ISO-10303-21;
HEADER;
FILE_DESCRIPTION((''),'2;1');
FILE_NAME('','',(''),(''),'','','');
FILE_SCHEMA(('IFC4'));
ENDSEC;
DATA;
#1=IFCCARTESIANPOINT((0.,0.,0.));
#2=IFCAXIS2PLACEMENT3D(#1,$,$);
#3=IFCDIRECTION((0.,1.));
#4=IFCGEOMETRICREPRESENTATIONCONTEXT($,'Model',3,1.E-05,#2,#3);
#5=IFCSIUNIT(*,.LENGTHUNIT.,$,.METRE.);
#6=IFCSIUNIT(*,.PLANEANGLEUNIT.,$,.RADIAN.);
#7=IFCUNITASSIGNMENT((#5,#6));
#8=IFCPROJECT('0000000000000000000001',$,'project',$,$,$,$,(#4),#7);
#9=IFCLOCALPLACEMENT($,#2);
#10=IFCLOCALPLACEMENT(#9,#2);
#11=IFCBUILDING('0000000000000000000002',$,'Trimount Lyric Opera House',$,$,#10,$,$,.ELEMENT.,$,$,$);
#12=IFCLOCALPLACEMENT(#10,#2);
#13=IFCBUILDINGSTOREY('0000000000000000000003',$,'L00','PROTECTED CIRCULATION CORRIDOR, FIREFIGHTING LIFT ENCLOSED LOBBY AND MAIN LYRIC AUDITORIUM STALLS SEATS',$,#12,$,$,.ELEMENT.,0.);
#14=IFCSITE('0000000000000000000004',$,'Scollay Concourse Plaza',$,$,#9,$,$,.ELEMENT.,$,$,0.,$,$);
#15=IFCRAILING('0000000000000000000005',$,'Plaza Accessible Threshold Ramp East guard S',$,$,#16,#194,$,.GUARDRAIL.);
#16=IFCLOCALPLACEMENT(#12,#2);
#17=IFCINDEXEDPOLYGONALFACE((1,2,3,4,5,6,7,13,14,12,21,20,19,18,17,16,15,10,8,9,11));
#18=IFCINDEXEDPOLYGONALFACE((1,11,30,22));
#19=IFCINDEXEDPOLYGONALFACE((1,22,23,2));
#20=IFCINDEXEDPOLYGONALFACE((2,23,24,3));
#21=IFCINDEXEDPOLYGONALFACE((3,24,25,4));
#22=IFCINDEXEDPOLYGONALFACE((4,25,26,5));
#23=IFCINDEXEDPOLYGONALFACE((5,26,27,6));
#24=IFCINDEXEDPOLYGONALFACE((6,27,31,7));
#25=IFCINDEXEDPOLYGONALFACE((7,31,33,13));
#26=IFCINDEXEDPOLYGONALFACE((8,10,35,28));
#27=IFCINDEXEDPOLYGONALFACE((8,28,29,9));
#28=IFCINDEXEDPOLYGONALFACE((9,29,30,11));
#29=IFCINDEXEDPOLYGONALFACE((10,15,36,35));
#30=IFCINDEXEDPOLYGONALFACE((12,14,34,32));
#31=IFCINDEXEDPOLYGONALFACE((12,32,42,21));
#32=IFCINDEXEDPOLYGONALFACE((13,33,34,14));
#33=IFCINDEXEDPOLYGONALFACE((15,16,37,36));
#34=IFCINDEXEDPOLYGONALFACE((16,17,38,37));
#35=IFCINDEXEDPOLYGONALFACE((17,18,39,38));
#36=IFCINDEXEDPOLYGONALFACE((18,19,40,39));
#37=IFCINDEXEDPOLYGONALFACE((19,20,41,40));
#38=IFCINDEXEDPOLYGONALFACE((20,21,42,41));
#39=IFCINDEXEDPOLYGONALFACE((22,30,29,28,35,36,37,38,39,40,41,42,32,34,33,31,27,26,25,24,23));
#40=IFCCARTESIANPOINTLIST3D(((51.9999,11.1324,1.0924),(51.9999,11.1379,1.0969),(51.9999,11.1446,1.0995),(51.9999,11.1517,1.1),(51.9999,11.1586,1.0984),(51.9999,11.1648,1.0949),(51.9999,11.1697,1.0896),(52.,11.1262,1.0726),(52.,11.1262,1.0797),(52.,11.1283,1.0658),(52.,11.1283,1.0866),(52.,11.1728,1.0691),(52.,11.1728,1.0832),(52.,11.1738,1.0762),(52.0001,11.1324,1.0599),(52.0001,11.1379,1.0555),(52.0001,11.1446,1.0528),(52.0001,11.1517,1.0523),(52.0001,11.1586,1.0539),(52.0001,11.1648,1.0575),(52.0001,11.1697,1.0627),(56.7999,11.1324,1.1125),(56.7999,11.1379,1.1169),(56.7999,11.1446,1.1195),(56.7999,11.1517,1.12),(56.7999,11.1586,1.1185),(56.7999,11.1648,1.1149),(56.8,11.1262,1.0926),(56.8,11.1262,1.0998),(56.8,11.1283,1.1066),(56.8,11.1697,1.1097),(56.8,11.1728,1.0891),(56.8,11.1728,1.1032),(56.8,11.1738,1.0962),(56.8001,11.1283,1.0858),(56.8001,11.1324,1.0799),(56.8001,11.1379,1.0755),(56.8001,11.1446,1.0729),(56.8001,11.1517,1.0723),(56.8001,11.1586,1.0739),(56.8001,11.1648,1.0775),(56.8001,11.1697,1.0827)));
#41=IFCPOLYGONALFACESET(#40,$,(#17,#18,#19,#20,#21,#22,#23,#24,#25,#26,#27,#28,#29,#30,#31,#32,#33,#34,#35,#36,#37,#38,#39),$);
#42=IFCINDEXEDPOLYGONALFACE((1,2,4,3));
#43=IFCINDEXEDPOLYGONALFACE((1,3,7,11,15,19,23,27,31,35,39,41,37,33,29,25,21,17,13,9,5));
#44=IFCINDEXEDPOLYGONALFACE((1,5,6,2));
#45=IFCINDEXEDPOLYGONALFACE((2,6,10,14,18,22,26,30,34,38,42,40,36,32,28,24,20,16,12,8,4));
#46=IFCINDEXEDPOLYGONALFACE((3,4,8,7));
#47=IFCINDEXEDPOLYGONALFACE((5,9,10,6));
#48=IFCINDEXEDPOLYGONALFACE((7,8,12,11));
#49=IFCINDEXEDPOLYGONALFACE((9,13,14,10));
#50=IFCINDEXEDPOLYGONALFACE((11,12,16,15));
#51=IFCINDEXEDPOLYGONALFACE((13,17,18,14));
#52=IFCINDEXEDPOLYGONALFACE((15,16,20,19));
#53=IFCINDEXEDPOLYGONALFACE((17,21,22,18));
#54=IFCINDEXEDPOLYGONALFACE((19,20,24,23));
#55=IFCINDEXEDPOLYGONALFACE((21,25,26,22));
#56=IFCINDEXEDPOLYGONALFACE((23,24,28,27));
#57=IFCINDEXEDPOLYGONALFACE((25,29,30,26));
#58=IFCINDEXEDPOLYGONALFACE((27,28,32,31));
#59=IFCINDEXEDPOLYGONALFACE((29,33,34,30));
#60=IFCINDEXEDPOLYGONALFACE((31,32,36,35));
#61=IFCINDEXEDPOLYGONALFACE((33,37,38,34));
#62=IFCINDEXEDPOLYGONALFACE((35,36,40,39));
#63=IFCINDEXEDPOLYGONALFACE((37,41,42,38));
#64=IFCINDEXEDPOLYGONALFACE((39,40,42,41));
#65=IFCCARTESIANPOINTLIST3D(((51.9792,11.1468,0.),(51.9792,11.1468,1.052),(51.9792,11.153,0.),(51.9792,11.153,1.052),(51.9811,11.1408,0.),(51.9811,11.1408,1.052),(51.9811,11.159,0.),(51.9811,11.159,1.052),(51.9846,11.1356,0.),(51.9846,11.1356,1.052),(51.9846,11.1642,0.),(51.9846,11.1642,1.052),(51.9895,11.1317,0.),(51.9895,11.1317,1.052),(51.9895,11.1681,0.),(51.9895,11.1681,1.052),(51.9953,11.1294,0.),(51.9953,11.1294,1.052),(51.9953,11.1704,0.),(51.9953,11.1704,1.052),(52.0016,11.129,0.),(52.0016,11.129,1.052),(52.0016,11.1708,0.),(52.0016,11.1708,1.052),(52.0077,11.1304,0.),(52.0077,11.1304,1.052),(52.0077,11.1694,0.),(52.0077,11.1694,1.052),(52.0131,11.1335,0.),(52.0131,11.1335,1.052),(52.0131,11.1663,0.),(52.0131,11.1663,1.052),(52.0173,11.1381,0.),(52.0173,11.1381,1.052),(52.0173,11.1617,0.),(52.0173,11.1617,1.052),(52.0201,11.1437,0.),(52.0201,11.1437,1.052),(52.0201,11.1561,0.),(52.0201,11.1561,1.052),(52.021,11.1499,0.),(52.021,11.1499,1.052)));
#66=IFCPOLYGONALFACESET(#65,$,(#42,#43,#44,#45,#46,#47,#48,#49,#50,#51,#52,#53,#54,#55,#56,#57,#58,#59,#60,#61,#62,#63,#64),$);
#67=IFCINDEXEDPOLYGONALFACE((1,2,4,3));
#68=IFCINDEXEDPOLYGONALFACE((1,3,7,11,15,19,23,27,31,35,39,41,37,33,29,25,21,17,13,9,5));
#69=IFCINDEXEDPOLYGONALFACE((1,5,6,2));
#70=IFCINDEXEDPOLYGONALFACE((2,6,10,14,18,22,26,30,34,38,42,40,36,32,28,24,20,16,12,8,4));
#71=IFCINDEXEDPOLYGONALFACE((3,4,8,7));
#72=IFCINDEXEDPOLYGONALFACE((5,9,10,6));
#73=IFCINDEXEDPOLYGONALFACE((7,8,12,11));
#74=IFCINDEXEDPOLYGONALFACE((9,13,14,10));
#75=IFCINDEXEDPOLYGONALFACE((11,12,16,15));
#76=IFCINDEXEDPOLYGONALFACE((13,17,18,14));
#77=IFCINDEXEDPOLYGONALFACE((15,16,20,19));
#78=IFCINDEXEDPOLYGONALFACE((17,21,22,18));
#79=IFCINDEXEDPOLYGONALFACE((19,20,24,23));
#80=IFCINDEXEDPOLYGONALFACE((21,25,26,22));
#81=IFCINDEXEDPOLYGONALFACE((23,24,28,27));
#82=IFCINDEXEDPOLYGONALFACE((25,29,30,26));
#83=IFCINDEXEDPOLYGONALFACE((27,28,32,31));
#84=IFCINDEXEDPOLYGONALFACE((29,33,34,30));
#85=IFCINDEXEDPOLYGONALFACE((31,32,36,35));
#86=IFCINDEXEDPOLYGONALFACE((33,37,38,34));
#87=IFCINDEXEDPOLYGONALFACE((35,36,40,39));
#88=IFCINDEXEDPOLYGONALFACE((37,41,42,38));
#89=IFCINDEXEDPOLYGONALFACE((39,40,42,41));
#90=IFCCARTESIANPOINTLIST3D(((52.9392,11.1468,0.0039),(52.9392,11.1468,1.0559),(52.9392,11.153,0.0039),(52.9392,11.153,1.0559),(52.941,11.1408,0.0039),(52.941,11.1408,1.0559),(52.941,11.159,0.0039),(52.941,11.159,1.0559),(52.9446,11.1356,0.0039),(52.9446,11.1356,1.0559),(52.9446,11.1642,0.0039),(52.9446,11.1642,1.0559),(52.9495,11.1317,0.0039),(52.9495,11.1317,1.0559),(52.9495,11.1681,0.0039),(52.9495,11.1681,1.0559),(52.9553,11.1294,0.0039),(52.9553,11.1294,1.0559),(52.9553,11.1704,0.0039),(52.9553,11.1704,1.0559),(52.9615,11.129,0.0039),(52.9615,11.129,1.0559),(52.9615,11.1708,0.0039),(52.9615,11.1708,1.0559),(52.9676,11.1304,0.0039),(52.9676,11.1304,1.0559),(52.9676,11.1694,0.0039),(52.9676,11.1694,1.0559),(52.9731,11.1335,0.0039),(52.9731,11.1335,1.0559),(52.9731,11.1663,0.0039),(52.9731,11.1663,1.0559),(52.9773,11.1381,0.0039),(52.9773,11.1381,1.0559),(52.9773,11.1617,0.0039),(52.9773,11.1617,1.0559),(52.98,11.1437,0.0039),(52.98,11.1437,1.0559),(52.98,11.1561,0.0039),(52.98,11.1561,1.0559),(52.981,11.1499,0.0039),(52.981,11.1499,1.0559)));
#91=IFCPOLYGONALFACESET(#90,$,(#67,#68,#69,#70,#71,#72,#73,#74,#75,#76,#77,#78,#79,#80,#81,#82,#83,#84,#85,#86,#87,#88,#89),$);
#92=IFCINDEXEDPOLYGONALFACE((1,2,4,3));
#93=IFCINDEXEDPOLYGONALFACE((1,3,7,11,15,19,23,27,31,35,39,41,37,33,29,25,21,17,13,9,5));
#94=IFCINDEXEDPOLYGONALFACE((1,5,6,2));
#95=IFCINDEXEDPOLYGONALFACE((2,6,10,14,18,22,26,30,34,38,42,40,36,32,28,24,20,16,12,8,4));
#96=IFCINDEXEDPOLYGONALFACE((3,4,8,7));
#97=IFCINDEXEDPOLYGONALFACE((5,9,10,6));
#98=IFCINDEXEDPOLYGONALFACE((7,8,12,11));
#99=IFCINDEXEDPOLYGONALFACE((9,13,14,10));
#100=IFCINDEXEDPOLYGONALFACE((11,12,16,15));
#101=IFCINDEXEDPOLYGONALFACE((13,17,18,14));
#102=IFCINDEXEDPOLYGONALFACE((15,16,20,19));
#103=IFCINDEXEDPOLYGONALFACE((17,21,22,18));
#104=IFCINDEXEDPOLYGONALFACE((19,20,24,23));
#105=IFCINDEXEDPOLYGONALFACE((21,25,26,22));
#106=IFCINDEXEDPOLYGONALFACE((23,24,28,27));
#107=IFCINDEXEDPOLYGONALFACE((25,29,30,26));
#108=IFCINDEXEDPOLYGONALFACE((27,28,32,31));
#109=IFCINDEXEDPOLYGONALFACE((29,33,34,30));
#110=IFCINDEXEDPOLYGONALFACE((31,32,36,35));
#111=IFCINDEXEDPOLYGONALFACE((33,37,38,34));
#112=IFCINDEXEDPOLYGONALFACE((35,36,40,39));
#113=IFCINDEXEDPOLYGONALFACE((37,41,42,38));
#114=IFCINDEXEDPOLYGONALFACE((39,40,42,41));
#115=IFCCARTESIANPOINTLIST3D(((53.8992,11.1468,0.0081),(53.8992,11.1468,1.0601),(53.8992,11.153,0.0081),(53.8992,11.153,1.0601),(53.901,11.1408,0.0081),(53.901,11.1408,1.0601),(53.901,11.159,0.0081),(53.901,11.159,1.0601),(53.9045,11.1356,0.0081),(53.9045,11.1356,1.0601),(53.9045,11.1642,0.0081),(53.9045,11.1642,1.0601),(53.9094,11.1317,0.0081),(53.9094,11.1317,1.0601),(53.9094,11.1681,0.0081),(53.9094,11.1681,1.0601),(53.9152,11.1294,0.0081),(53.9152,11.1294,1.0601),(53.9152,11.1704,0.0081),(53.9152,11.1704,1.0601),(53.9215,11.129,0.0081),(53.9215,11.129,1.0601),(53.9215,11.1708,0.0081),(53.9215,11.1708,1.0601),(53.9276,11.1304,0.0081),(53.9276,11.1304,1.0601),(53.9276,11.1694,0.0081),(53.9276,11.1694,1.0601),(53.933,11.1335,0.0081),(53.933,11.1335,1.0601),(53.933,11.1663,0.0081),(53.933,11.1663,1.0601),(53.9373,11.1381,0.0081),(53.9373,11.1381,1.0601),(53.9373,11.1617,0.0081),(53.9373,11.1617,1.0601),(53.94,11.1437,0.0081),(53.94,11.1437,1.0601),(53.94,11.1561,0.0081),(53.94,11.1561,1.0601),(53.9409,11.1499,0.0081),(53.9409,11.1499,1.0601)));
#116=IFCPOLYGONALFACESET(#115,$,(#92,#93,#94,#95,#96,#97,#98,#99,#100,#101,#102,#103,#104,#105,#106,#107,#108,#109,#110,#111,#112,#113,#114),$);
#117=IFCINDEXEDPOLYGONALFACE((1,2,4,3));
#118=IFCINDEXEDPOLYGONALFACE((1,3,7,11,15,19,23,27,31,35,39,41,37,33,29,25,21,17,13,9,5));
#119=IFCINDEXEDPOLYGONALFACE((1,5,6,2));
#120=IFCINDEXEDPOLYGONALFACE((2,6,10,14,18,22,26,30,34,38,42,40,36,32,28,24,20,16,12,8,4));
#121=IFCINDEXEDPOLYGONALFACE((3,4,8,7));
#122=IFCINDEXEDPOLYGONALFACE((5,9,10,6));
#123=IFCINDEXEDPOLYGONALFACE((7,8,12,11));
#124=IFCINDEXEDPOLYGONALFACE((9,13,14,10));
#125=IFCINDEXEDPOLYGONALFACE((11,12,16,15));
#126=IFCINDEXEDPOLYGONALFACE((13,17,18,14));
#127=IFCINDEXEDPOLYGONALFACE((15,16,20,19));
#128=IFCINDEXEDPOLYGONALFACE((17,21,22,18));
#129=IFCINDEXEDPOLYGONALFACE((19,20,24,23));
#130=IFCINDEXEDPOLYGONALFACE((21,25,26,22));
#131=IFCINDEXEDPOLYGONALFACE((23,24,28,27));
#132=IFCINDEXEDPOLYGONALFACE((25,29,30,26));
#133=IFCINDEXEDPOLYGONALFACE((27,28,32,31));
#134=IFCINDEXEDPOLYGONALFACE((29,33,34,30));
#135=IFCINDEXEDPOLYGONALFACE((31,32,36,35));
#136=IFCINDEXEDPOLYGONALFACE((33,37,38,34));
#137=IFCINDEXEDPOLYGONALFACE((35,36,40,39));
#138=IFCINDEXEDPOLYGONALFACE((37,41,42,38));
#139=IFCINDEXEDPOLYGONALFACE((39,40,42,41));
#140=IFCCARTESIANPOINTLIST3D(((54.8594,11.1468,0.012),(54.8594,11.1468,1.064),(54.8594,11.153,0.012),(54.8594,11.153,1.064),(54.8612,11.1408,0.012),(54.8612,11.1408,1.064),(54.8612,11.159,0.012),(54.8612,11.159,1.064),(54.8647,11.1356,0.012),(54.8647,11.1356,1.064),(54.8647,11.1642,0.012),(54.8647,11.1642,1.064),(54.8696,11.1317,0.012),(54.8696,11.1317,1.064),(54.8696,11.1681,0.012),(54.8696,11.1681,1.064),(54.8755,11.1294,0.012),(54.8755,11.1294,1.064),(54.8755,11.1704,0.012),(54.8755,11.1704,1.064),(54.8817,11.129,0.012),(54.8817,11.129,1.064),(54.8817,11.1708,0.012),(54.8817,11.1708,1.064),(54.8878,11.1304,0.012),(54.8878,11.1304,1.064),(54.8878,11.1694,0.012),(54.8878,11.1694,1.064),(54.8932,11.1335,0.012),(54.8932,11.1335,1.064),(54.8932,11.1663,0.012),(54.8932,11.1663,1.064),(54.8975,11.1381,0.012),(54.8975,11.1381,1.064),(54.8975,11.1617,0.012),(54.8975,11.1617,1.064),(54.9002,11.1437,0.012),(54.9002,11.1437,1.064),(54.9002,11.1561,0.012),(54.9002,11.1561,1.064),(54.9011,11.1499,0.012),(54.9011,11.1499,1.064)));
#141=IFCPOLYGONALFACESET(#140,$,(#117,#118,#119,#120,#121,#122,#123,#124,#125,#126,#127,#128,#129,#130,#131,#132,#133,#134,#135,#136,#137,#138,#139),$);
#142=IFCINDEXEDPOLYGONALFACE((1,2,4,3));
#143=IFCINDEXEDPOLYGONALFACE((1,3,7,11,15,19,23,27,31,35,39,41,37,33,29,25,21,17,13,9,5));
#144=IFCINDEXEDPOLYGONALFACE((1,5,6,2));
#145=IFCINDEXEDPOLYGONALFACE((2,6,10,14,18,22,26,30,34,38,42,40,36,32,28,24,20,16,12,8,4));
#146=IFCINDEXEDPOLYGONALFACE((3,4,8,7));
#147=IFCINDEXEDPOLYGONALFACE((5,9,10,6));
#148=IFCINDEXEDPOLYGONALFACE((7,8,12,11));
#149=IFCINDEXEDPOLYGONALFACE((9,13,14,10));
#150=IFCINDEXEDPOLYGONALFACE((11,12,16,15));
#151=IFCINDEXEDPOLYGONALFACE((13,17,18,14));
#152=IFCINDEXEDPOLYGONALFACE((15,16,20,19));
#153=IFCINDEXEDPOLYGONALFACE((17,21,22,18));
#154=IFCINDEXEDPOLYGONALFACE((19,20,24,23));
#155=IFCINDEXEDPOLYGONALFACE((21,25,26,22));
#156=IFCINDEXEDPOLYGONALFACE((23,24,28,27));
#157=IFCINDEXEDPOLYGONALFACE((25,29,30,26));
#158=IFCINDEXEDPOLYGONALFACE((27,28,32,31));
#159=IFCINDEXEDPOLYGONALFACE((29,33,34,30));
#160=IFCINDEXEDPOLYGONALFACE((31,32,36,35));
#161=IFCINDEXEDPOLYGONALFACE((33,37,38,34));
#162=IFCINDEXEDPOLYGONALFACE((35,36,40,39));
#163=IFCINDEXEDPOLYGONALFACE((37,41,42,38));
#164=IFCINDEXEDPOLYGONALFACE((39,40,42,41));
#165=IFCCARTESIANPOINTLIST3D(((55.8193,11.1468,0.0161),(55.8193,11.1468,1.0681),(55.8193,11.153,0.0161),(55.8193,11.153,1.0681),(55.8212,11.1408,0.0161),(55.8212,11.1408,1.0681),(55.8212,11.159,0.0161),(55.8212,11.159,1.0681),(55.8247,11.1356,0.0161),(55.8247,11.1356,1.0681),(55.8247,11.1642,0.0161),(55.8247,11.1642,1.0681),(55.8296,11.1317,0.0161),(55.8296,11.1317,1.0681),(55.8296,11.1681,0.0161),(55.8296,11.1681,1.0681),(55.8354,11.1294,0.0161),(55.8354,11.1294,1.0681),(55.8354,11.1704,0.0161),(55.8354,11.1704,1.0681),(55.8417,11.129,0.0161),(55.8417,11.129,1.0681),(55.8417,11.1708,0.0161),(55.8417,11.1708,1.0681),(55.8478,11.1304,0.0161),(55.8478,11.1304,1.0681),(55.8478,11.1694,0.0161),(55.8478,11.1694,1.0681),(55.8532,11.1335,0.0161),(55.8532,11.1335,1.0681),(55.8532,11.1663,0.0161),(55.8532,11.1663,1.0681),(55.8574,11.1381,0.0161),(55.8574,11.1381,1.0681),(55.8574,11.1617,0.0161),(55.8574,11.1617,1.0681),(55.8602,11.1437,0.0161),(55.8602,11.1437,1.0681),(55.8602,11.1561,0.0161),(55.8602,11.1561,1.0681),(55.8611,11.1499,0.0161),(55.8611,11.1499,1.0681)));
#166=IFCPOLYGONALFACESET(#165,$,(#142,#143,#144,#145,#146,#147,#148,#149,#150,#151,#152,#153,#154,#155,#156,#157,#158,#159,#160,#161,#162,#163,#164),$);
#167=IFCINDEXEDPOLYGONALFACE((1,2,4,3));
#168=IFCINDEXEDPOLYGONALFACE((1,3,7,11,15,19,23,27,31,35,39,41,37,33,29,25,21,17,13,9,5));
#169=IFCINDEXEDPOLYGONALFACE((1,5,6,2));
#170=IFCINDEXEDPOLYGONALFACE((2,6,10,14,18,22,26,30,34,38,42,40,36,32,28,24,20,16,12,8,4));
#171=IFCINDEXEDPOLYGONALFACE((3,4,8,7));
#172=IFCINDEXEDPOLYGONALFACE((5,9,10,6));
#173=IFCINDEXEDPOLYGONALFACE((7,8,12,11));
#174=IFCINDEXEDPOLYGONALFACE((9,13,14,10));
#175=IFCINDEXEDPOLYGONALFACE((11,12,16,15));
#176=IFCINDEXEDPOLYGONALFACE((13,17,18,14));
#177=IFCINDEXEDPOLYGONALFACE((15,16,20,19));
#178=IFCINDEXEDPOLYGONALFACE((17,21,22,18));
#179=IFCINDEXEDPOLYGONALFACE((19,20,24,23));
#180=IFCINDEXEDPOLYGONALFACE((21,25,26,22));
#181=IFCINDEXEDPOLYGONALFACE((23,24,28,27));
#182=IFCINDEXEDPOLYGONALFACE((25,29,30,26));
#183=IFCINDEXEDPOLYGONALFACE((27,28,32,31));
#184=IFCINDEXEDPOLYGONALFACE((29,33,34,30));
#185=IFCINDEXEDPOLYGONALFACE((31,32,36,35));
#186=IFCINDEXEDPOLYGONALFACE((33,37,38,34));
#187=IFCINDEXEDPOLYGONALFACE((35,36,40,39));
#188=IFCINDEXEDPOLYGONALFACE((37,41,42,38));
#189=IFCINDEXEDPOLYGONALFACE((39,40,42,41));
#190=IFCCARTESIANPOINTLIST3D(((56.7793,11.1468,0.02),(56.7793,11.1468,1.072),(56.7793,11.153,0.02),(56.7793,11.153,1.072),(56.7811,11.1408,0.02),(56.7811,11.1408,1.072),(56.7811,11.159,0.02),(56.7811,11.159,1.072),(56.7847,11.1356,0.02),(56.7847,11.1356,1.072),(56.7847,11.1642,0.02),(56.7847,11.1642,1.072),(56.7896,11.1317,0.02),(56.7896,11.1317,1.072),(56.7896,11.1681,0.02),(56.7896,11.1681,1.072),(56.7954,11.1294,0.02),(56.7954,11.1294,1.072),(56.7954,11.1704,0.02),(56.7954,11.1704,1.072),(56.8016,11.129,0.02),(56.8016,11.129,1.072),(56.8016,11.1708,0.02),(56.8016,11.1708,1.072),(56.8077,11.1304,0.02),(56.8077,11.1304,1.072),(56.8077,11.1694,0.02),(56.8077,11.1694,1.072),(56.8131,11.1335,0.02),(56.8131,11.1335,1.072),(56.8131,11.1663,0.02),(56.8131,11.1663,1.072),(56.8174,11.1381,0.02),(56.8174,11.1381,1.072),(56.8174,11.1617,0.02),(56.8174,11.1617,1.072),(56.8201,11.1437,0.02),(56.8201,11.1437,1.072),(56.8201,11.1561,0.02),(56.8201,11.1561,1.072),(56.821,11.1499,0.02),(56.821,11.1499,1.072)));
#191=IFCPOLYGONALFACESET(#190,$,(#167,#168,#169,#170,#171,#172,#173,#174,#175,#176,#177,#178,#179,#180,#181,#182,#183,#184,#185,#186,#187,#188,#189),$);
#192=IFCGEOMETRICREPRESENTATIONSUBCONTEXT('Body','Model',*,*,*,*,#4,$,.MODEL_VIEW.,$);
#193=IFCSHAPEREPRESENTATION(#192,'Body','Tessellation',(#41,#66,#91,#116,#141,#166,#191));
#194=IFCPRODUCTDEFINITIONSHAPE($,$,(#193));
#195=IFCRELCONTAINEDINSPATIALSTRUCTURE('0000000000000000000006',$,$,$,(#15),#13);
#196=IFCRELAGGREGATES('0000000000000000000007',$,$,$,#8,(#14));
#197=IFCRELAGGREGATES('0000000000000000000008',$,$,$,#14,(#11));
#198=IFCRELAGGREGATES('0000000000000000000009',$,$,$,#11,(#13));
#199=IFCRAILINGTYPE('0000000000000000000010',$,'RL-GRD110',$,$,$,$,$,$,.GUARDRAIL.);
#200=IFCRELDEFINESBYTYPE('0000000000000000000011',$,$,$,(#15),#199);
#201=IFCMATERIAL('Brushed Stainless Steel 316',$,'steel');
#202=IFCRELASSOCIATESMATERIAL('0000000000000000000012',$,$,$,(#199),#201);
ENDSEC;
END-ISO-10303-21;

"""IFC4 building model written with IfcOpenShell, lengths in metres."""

from ifc_helpers import new_model, si_unit, direction, frame, origin, origin_2d, place, context, subcontext, project, spatial, circle, extrude, material, type_object, element, save


model = new_model("IFC4")

# Units and contexts
model_context = context("Model", 3, precision=1e-05, world=origin(), true_north=direction((0.0, 1.0)))
body_context = subcontext(model_context, "Body", "Model", "MODEL_VIEW")
ifc_project = project(units=[si_unit("LENGTHUNIT", "METRE"), si_unit("PLANEANGLEUNIT", "RADIAN")], contexts=[model_context])

# Site, building, storey
site_placement = place(None, origin())
site = spatial("IfcSite", under=ifc_project, at=site_placement, Name="Scollay Concourse Plaza", CompositionType="ELEMENT", RefElevation=0.0)
building_placement = place(site_placement, origin())
building = spatial("IfcBuilding", under=site, at=building_placement, Name="Trimount Lyric Opera House", CompositionType="ELEMENT")
storey_placement = place(building_placement, origin())
storey = spatial("IfcBuildingStorey", under=building, at=storey_placement, Name="L00", Description="PROTECTED CIRCULATION CORRIDOR, FIREFIGHTING LIFT ENCLOSED LOBBY AND MAIN LYRIC AUDITORIUM STALLS SEATS", CompositionType="ELEMENT", Elevation=0.0)

# Railing
ifc_material_1 = material(Name="Brushed Stainless Steel 316", Category="steel")
railing_type = type_object("IfcRailingType", Name="RL-GRD110", PredefinedType="GUARDRAIL", material=ifc_material_1)
for number, where, name in (
    (1, (52.0, 11.1499, 0.0), "Plaza Accessible Threshold Ramp East guard S"),
):
    element("IfcRailing", number, at=place(storey_placement, frame(where)), inside=storey, type_object=railing_type, Name=name, PredefinedType="GUARDRAIL", context=body_context, shape_type="SweptSolid", body=[
        extrude(circle(Radius=0.0239, at=origin_2d()), frame((0.0, 0.0, 1.0762), z_axis=(0.999991, 0.0, 0.004171), x_axis=(0.0, 1.0, 0.0)), (0.0, 0.0, 1.0), 4.8),
        extrude(circle(Radius=0.021, at=origin_2d()), origin(), (0.0, 0.0, 1.0), 1.052),
        extrude(circle(Radius=0.021, at=origin_2d()), frame((0.96, 0.0, 0.0039)), (0.0, 0.0, 1.0), 1.052),
        extrude(circle(Radius=0.021, at=origin_2d()), frame((1.9199, 0.0, 0.0081)), (0.0, 0.0, 1.0), 1.052),
        extrude(circle(Radius=0.021, at=origin_2d()), frame((2.8801, 0.0, 0.012)), (0.0, 0.0, 1.0), 1.052),
        extrude(circle(Radius=0.021, at=origin_2d()), frame((3.8401, 0.0, 0.0161)), (0.0, 0.0, 1.0), 1.052),
        extrude(circle(Radius=0.021, at=origin_2d()), frame((4.8, 0.0, 0.02)), (0.0, 0.0, 1.0), 1.052),
    ])

save(model, "model.ifc")
